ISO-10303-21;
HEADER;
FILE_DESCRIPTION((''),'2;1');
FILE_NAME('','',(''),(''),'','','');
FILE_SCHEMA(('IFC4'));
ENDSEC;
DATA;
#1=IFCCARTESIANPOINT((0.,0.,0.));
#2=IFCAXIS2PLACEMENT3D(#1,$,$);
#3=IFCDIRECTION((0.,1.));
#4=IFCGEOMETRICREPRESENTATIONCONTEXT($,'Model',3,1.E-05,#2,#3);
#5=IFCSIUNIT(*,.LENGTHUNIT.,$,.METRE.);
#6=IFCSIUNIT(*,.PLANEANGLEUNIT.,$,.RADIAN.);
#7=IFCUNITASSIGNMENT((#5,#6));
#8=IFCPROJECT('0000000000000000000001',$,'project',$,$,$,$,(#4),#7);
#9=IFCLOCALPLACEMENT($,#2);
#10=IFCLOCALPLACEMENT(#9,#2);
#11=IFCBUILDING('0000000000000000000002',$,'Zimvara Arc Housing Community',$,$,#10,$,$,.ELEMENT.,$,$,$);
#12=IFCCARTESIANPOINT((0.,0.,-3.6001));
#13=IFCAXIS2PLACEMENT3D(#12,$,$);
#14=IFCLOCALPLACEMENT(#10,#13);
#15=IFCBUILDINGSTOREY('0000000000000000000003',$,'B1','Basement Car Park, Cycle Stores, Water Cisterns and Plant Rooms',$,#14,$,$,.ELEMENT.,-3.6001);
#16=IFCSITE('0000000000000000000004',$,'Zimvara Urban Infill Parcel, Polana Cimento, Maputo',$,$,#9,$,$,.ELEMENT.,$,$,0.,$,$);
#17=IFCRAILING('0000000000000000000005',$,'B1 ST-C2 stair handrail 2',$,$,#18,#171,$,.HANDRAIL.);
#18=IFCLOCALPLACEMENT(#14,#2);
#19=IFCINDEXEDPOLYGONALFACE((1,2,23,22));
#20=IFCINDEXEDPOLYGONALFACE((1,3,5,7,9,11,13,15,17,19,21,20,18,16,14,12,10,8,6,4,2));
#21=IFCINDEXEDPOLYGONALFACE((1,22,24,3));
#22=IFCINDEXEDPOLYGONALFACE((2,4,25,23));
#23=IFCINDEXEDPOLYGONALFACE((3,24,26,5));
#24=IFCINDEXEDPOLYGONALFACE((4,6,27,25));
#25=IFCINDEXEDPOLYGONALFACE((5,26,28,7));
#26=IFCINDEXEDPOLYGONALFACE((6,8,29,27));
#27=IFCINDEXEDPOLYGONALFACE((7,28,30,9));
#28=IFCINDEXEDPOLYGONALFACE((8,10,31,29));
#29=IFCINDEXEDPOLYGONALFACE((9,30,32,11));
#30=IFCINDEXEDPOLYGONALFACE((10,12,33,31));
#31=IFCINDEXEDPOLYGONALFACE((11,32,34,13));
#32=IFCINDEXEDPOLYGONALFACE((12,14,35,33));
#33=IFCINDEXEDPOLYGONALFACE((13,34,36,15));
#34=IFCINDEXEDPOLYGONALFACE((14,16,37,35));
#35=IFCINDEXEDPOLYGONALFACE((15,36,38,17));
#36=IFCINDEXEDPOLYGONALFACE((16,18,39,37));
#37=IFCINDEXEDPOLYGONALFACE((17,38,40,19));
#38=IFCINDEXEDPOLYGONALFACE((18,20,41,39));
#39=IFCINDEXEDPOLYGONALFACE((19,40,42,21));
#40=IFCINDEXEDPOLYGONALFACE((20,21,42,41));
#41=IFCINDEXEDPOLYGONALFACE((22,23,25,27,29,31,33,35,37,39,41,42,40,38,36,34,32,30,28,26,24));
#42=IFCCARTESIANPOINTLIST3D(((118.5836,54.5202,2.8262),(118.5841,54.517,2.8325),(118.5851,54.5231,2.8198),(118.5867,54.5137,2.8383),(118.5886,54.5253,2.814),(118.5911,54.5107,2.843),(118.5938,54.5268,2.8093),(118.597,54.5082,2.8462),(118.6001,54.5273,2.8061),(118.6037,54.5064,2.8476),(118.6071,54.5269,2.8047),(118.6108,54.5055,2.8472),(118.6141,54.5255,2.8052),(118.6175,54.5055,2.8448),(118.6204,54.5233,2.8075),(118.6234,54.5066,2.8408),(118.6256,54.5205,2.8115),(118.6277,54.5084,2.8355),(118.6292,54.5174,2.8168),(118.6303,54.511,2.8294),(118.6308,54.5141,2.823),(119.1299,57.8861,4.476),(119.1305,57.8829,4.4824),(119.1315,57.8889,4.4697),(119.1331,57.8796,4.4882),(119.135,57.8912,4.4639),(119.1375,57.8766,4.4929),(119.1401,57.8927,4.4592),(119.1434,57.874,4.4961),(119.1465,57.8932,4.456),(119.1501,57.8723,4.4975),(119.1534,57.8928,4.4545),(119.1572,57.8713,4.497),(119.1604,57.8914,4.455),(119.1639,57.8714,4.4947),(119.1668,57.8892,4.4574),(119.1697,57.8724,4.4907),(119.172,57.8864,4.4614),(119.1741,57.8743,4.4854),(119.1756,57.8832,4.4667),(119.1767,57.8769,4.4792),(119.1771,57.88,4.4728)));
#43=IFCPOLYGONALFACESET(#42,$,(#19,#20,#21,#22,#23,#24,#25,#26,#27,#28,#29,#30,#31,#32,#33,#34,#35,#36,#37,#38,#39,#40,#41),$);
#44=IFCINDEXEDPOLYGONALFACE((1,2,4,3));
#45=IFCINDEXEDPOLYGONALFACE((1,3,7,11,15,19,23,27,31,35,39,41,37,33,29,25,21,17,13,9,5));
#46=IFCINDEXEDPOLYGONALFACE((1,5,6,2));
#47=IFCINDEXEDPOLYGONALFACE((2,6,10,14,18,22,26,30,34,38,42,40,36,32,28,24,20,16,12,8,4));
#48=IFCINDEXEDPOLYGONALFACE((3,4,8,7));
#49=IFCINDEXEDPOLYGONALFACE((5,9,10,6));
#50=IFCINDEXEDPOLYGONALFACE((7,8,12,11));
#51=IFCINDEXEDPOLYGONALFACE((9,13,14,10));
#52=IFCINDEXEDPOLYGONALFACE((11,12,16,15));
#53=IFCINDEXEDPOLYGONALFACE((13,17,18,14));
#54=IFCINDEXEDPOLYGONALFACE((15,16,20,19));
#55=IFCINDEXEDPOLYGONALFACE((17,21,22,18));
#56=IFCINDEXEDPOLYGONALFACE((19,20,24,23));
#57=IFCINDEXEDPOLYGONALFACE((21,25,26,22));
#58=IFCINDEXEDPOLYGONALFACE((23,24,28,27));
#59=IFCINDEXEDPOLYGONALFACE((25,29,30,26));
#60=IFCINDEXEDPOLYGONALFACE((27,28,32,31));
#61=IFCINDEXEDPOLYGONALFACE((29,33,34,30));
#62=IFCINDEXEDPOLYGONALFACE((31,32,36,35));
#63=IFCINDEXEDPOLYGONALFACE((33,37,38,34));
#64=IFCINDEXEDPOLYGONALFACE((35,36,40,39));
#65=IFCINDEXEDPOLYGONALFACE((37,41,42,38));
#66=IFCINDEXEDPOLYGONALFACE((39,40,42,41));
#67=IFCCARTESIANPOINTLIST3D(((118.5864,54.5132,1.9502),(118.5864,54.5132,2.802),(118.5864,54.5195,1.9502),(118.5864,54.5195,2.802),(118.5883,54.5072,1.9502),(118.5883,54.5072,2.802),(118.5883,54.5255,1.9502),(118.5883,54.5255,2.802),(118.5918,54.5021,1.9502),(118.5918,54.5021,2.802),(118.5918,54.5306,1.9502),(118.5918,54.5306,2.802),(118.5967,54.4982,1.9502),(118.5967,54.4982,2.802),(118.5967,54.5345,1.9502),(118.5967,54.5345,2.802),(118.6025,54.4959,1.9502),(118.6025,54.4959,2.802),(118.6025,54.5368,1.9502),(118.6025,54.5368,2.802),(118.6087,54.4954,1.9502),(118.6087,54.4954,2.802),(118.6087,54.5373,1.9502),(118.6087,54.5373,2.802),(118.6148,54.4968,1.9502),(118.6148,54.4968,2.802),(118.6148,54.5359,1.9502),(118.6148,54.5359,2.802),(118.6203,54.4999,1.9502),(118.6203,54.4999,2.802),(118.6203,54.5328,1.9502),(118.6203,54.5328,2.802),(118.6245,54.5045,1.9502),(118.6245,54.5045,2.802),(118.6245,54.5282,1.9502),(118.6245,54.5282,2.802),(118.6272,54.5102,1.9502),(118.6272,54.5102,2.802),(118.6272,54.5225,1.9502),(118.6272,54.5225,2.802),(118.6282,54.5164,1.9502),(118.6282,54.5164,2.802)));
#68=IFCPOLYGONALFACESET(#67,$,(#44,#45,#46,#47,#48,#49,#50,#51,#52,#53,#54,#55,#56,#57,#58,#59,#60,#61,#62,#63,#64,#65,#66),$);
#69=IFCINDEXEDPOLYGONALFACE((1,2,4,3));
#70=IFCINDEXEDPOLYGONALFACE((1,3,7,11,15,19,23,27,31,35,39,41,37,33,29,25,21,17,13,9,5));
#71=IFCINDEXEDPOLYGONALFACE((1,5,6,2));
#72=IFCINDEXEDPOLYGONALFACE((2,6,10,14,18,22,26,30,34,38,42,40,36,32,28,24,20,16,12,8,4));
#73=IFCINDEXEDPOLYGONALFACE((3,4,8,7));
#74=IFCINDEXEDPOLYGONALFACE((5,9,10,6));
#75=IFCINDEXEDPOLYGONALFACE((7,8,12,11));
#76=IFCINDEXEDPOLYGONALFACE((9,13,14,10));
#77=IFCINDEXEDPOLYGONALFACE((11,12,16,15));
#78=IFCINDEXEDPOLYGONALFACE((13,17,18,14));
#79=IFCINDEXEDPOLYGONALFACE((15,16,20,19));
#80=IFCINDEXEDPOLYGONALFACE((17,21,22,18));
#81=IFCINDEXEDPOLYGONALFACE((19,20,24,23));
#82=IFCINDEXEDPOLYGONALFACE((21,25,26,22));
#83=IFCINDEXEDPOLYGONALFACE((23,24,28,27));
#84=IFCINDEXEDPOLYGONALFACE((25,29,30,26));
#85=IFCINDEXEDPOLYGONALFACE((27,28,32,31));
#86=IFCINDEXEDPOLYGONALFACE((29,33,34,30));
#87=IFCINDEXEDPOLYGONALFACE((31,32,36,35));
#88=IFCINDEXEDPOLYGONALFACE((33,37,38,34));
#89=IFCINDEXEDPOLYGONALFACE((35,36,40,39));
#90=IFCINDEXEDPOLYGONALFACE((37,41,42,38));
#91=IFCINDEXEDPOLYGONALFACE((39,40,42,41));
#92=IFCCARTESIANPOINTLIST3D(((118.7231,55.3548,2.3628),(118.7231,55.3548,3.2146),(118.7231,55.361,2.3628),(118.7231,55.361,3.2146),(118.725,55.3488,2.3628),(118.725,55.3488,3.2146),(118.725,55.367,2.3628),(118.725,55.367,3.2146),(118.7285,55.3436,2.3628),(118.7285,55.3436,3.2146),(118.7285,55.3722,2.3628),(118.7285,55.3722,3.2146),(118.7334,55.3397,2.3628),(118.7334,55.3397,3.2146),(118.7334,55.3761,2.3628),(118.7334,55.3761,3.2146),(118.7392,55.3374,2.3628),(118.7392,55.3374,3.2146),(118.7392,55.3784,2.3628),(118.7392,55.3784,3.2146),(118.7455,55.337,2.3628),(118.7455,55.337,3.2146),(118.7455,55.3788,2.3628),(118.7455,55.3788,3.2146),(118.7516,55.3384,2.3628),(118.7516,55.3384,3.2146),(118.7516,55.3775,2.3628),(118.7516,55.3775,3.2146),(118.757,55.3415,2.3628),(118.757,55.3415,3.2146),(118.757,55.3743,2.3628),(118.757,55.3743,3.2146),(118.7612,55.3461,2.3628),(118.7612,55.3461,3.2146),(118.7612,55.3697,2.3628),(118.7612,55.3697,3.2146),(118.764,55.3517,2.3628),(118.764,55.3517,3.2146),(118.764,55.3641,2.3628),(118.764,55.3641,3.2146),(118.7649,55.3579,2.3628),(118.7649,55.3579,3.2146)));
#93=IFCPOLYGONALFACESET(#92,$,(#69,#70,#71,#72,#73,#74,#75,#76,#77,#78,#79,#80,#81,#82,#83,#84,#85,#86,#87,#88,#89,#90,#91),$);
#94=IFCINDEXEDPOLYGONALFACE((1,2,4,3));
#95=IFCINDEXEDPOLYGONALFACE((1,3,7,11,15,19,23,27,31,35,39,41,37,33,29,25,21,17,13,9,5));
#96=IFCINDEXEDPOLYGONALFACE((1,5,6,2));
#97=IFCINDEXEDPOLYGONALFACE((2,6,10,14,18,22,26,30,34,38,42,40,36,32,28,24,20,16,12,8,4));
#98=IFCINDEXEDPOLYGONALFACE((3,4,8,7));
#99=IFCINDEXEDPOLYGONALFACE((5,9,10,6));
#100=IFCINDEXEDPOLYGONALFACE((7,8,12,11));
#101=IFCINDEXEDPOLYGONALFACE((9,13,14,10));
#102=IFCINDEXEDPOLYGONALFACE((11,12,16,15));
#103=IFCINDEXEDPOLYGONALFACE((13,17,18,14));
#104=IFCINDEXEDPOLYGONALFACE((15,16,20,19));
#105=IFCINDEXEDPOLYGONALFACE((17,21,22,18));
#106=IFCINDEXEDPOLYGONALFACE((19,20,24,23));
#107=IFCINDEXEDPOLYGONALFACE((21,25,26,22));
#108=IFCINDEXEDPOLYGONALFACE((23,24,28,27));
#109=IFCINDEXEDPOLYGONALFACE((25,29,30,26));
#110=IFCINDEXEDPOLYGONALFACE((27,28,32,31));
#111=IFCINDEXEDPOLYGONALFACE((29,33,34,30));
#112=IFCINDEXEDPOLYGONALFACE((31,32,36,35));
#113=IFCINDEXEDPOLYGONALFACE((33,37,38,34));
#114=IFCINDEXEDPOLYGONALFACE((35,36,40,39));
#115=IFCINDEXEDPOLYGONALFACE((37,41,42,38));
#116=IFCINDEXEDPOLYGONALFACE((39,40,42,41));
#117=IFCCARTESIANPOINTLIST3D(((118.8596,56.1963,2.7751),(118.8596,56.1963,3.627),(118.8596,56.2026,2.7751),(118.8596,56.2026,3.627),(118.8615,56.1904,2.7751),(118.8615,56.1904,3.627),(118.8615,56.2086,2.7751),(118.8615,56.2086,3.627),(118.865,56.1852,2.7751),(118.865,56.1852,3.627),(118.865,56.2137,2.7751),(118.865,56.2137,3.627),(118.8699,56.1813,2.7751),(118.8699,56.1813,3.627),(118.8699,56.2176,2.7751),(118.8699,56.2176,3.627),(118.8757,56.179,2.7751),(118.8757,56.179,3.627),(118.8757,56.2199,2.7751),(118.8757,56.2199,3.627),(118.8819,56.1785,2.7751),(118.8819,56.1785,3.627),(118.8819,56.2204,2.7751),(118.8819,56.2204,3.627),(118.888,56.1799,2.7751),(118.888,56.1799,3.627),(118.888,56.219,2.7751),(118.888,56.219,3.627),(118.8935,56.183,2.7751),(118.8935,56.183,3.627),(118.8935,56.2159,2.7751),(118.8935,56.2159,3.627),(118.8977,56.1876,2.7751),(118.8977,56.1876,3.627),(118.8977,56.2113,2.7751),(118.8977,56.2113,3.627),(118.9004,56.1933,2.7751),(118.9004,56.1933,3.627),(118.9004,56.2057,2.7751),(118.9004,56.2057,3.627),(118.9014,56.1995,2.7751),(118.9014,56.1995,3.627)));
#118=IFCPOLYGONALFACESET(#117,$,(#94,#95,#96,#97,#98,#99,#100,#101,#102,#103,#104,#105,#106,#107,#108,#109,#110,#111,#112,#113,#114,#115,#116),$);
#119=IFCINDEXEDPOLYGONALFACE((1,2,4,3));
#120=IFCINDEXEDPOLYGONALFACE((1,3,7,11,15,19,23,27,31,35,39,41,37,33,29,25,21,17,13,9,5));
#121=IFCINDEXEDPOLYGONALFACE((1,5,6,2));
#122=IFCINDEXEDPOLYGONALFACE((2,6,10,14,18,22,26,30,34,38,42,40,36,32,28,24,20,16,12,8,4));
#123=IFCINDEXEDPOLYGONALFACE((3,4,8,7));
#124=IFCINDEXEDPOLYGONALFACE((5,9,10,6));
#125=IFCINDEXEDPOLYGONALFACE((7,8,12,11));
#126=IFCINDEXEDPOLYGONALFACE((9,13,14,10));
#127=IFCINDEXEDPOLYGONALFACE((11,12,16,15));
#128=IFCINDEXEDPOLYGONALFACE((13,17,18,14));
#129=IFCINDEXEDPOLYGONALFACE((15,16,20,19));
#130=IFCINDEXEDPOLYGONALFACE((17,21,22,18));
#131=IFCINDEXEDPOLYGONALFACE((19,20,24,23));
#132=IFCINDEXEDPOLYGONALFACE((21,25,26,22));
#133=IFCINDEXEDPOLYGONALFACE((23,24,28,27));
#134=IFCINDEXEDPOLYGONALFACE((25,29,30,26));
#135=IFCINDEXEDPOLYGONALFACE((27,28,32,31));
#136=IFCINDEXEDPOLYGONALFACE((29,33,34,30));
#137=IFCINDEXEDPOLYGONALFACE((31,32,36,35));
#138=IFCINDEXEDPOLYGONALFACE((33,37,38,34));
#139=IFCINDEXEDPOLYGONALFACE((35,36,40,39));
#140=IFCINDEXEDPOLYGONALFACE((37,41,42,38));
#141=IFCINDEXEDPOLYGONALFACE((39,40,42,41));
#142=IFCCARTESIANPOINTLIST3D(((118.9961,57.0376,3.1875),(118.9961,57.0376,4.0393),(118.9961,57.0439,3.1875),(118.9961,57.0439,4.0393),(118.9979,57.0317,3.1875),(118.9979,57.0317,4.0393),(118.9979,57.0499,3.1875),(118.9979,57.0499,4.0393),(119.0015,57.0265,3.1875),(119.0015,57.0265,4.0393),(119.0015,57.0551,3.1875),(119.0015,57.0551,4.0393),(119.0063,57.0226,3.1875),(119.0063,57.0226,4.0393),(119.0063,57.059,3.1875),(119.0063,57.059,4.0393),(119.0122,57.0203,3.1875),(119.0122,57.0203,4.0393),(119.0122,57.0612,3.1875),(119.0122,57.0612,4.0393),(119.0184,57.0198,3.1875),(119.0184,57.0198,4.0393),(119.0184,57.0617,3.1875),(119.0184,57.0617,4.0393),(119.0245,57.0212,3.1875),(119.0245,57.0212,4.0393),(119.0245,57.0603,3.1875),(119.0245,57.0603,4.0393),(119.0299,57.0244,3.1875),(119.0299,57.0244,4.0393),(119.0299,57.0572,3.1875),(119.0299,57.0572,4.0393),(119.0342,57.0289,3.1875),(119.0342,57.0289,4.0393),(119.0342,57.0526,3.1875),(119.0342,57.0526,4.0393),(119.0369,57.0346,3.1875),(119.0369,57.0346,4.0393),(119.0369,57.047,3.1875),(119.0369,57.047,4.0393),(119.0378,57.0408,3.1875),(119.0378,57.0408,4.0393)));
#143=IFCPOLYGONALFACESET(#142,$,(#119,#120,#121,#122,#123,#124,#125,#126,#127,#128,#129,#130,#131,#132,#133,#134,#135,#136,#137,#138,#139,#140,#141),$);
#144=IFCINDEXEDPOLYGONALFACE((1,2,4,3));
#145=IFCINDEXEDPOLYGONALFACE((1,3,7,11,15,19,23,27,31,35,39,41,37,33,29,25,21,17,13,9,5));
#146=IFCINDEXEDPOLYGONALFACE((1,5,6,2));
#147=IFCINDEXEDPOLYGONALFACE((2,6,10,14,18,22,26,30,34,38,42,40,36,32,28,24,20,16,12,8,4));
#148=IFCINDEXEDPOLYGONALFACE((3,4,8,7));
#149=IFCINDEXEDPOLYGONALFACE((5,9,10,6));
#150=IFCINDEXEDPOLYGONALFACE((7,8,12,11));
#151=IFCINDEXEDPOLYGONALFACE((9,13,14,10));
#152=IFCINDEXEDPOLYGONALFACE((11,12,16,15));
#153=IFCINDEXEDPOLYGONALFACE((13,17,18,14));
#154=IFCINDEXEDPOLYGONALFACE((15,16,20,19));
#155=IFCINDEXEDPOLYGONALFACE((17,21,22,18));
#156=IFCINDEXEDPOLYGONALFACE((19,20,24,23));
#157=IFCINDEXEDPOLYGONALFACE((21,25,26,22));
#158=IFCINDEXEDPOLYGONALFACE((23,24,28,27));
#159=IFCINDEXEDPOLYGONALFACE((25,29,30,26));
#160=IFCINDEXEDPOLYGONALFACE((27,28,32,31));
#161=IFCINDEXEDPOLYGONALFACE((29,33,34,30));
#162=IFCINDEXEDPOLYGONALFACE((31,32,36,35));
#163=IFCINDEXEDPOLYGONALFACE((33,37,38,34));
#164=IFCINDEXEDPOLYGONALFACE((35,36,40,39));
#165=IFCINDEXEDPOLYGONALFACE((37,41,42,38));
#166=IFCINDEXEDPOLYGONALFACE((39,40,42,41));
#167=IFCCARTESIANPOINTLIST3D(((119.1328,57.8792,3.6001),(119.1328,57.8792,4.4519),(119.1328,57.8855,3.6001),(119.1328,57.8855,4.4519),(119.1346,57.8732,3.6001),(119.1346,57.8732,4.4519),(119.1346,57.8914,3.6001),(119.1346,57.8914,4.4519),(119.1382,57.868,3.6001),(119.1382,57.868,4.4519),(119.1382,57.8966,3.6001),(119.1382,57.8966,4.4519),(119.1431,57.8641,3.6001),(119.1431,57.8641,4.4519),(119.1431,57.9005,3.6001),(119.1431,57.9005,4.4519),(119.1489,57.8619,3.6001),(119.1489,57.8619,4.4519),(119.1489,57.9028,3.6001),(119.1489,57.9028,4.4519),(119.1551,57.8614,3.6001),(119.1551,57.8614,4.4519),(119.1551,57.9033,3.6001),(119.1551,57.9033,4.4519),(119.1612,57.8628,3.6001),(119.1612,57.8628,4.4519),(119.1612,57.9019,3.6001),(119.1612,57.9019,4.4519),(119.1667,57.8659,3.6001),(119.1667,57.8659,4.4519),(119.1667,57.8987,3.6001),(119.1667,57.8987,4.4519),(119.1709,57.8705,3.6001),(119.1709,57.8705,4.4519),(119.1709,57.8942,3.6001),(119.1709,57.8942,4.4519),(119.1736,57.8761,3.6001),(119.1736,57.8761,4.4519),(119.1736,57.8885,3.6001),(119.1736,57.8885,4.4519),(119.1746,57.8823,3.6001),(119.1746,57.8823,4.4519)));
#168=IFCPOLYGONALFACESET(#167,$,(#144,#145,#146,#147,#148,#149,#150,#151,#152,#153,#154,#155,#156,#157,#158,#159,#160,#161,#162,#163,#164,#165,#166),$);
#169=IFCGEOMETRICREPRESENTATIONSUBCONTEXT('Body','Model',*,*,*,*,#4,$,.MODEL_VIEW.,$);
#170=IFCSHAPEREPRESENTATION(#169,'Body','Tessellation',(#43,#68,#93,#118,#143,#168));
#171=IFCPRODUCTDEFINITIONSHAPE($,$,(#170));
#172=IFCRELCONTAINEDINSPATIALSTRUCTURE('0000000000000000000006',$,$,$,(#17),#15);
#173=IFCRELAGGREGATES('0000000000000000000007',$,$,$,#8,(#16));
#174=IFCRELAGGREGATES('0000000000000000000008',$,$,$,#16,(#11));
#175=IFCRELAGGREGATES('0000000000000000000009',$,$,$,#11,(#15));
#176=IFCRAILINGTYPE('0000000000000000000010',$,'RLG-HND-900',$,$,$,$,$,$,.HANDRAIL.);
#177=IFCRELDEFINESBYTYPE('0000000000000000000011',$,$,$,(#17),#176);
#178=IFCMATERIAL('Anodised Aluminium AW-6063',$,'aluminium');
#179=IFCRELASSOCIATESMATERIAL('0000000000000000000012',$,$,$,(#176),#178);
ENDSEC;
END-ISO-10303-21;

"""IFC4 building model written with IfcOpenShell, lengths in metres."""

from ifc_helpers import new_model, si_unit, direction, frame, origin, origin_2d, place, context, subcontext, project, spatial, circle, extrude, material, type_object, element, save


model = new_model("IFC4")

# Units and contexts
model_context = context("Model", 3, precision=1e-05, world=origin(), true_north=direction((0.0, 1.0)))
body_context = subcontext(model_context, "Body", "Model", "MODEL_VIEW")
ifc_project = project(units=[si_unit("LENGTHUNIT", "METRE"), si_unit("PLANEANGLEUNIT", "RADIAN")], contexts=[model_context])

# Site, building, storey
site_placement = place(None, origin())
site = spatial("IfcSite", under=ifc_project, at=site_placement, Name="Zimvara Urban Infill Parcel, Polana Cimento, Maputo", CompositionType="ELEMENT", RefElevation=0.0)
building_placement = place(site_placement, origin())
building = spatial("IfcBuilding", under=site, at=building_placement, Name="Zimvara Arc Housing Community", CompositionType="ELEMENT")
storey_placement = place(building_placement, frame((0.0, 0.0, -3.6001)))
storey = spatial("IfcBuildingStorey", under=building, at=storey_placement, Name="B1", Description="Basement Car Park, Cycle Stores, Water Cisterns and Plant Rooms", CompositionType="ELEMENT", Elevation=-3.6001)

# Railing
ifc_material_1 = material(Name="Anodised Aluminium AW-6063", Category="aluminium")
railing_type_1 = type_object("IfcRailingType", Name="RLG-HND-900", PredefinedType="HANDRAIL", material=ifc_material_1)
railing_1_placement = place(storey_placement, frame((118.6072, 54.5164, 1.9502)))
element("IfcRailing", 1, at=railing_1_placement, inside=storey, type_object=railing_type_1, Name="B1 ST-C2 stair handrail 2", PredefinedType="HANDRAIL", context=body_context, shape_type="SweptSolid", body=[
    extrude(circle(Radius=0.0239, at=origin_2d()), frame((0.0, 0.0, 0.876), z_axis=(0.144234, 0.88854, 0.435537), x_axis=(-0.98708, 0.16023, 0.0)), (0.0, 0.0, 1.0), 3.7881),
    extrude(circle(Radius=0.021, at=origin_2d()), origin(), (0.0, 0.0, 1.0), 0.8518),
    extrude(circle(Radius=0.021, at=origin_2d()), frame((0.1367, 0.8416, 0.4126)), (0.0, 0.0, 1.0), 0.8518),
    extrude(circle(Radius=0.021, at=origin_2d()), frame((0.2732, 1.6831, 0.825)), (0.0, 0.0, 1.0), 0.8518),
    extrude(circle(Radius=0.021, at=origin_2d()), frame((0.4097, 2.5244, 1.2373)), (0.0, 0.0, 1.0), 0.8518),
    extrude(circle(Radius=0.021, at=origin_2d()), frame((0.5464, 3.366, 1.6499)), (0.0, 0.0, 1.0), 0.8518),
])

save(model, "model.ifc")
